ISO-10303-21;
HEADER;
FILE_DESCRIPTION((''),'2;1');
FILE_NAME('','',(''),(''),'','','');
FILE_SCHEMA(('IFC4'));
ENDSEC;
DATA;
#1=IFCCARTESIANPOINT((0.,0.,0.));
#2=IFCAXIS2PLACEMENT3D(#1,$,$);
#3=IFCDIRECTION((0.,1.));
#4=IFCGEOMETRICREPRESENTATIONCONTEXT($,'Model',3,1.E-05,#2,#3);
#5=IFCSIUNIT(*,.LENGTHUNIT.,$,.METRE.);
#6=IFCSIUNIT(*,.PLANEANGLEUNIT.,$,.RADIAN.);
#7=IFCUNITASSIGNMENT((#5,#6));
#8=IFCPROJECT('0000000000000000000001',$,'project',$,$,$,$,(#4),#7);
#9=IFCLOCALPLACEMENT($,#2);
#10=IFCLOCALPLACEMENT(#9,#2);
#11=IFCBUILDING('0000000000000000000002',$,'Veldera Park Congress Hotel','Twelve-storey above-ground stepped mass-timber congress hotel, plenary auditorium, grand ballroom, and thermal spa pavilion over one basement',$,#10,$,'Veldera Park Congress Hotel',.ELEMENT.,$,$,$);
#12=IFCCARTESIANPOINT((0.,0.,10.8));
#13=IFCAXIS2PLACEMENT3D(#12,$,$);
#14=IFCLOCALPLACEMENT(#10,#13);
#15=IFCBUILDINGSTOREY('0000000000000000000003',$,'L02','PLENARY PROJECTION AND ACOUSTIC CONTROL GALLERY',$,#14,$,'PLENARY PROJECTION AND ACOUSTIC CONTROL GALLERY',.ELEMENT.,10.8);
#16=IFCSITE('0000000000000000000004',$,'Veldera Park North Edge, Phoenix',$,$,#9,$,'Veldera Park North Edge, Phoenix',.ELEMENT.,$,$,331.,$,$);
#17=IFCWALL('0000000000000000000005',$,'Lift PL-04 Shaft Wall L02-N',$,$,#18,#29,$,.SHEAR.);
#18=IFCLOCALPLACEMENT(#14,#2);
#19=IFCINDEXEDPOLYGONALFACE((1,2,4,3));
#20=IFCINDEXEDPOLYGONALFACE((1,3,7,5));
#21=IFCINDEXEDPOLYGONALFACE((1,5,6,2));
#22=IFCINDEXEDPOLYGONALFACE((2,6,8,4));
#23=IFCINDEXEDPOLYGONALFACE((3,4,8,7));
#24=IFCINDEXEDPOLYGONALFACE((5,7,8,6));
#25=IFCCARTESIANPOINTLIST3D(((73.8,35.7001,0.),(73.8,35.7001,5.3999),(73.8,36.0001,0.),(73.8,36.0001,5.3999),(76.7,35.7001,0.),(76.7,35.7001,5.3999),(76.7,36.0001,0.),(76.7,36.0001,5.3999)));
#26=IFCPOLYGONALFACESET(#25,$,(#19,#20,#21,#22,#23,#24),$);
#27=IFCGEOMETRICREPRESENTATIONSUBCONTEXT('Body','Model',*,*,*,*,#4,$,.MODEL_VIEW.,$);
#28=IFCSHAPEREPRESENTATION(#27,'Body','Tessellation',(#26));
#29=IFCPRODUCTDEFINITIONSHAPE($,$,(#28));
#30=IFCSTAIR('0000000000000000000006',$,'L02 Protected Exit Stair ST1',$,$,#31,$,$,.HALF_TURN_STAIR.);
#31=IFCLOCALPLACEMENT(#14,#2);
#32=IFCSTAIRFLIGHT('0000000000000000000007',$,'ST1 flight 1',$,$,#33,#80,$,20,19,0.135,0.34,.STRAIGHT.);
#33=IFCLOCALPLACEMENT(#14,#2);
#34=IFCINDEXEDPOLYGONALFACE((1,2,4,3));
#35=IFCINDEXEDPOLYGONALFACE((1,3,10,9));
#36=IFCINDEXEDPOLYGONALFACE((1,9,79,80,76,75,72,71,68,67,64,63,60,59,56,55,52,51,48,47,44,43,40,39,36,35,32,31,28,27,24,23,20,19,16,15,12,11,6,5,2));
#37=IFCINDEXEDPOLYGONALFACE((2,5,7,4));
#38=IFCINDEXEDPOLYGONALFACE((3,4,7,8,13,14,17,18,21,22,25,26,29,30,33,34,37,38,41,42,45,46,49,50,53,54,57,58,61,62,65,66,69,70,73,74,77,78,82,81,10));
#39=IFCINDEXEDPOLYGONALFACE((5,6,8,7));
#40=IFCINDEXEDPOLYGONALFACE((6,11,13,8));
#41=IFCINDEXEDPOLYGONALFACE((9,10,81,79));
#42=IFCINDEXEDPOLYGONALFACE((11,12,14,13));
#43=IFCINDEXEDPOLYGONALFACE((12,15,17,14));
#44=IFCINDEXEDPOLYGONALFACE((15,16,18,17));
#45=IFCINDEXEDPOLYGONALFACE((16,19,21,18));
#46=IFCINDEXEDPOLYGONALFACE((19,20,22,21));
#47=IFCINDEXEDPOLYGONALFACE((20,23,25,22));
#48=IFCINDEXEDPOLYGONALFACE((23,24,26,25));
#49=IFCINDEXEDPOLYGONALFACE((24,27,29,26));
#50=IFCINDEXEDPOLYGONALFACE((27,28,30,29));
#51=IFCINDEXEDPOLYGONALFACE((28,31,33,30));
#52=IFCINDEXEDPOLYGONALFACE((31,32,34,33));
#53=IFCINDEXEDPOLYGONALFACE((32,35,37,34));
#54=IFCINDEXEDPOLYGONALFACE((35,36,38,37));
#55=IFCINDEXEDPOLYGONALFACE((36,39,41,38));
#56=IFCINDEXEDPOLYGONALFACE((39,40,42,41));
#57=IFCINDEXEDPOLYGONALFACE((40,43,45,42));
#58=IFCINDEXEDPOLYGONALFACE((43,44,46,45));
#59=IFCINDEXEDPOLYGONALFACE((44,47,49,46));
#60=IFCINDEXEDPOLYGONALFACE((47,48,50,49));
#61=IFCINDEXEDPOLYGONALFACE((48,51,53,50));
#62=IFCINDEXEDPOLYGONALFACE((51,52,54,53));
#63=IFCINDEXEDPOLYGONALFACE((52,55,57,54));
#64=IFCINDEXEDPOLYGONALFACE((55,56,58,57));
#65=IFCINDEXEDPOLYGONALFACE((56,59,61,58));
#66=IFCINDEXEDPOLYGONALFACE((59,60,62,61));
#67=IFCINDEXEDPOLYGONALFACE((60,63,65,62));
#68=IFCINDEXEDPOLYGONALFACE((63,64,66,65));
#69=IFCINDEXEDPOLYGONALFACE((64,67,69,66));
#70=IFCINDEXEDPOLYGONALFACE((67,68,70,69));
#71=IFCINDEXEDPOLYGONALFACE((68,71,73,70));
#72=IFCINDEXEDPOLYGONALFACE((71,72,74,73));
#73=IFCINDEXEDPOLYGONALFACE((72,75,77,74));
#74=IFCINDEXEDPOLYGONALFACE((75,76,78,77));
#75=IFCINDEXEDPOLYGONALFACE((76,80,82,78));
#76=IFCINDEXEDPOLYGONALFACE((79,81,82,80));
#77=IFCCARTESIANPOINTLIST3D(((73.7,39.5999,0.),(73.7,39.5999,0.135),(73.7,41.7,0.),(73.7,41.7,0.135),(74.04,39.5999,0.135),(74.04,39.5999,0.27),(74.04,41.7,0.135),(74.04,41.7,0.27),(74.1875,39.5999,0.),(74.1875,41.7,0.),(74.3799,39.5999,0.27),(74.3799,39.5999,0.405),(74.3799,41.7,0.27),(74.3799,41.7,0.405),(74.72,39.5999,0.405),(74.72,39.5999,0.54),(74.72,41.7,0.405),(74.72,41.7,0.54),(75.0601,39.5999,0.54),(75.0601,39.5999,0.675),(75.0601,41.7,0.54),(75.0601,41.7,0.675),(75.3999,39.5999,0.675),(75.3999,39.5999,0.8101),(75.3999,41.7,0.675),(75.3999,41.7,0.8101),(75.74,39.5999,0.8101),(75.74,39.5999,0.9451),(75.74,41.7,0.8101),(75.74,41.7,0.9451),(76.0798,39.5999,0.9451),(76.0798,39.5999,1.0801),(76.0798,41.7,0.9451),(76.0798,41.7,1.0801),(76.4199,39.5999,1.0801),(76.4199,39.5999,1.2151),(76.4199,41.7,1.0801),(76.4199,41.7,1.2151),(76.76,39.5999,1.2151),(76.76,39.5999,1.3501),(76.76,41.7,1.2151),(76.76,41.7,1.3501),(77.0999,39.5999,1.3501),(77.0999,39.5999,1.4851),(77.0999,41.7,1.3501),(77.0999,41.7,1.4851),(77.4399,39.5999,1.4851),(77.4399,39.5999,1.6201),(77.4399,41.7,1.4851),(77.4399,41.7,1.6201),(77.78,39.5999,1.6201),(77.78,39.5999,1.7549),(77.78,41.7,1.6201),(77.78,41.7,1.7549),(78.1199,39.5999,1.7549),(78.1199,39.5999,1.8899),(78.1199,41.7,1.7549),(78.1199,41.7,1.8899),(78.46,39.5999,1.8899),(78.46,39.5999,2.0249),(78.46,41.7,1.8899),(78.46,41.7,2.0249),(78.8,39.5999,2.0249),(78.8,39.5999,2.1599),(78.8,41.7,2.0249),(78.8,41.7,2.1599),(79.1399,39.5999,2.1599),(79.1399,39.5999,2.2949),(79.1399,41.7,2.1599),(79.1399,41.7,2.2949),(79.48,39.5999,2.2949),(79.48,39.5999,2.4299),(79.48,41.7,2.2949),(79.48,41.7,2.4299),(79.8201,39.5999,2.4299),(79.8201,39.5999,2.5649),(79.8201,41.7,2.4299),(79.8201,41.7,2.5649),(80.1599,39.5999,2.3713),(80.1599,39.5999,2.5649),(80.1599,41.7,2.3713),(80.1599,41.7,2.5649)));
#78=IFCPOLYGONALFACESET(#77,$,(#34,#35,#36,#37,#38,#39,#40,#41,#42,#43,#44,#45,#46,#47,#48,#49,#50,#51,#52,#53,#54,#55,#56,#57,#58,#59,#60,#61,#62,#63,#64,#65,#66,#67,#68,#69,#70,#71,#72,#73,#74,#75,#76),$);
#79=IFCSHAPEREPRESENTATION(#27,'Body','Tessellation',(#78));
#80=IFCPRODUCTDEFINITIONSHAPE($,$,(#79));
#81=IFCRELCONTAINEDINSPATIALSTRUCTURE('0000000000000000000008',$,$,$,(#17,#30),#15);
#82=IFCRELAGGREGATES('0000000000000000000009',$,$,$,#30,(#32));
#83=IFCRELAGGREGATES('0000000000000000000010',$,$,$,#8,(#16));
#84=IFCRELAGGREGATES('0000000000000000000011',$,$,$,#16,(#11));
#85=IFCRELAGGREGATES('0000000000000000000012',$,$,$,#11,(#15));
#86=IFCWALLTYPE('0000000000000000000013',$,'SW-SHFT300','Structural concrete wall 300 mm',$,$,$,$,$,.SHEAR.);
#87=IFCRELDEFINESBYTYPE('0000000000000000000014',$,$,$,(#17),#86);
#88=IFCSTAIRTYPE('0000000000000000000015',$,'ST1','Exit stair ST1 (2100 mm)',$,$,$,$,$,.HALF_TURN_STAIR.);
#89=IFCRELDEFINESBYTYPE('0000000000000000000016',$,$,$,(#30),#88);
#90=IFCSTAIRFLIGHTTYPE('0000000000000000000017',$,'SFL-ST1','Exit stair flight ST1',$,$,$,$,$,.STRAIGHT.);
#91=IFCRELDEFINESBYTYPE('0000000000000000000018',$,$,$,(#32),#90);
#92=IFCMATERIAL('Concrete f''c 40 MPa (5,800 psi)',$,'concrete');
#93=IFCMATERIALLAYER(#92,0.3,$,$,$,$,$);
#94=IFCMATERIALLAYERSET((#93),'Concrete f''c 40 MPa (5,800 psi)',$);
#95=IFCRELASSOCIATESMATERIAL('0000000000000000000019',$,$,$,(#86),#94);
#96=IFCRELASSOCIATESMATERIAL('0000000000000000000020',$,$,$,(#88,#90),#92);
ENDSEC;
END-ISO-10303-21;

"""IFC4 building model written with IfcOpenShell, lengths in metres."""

from ifc_helpers import new_model, si_unit, direction, frame, frame_2d, origin, place, context, subcontext, project, spatial, polyline, rectangle, outline, extrude, material, layer, layer_set, type_object, element, aggregate, save


model = new_model("IFC4")

# Units and contexts
model_context = context("Model", 3, precision=1e-05, world=origin(), true_north=direction((0.0, 1.0)))
body_context = subcontext(model_context, "Body", "Model", "MODEL_VIEW")
ifc_project = project(units=[si_unit("LENGTHUNIT", "METRE"), si_unit("PLANEANGLEUNIT", "RADIAN")], contexts=[model_context])

# Site, building, storey
site_placement = place(None, origin())
site = spatial("IfcSite", under=ifc_project, at=site_placement, Name="Veldera Park North Edge, Phoenix", LongName="Veldera Park North Edge, Phoenix", CompositionType="ELEMENT", RefElevation=331.0)
building_placement = place(site_placement, origin())
building = spatial("IfcBuilding", under=site, at=building_placement, Name="Veldera Park Congress Hotel", Description="Twelve-storey above-ground stepped mass-timber congress hotel, plenary auditorium, grand ballroom, and thermal spa pavilion over one basement", LongName="Veldera Park Congress Hotel", CompositionType="ELEMENT")
storey_placement = place(building_placement, frame((0.0, 0.0, 10.8)))
storey = spatial("IfcBuildingStorey", under=building, at=storey_placement, Name="L02", Description="PLENARY PROJECTION AND ACOUSTIC CONTROL GALLERY", LongName="PLENARY PROJECTION AND ACOUSTIC CONTROL GALLERY", CompositionType="ELEMENT", Elevation=10.8)

# Shared definitions
ifc_material_1 = material(Name="Concrete f'c 40 MPa (5,800 psi)", Category="concrete")

# Wall
ifc_layer_1 = layer(ifc_material_1, 0.3)
ifc_layer_set_1 = layer_set([ifc_layer_1], Name="Concrete f'c 40 MPa (5,800 psi)")
wall_type_1 = type_object("IfcWallType", Name="SW-SHFT300", Description="Structural concrete wall 300 mm", PredefinedType="SHEAR", material=ifc_layer_set_1)
wall_1_placement = place(storey_placement, frame((76.7, 35.8501, 0.0), z_axis=(0.0, 0.0, 1.0), x_axis=(-1.0, 0.0, 0.0)))
element("IfcWall", 1, at=wall_1_placement, inside=storey, type_object=wall_type_1, Name="Lift PL-04 Shaft Wall L02-N", PredefinedType="SHEAR", context=body_context, shape_type="SweptSolid", body=[
    extrude(rectangle(XDim=2.8999, YDim=0.3, at=frame_2d((1.45, 0.0))), origin(), (0.0, 0.0, 1.0), 5.3999),
])

# Stair, stair flight
stair_type = type_object("IfcStairType", Name="ST1", Description="Exit stair ST1 (2100 mm)", PredefinedType="HALF_TURN_STAIR", material=ifc_material_1)
stair_placement = place(storey_placement, origin())
stair = element("IfcStair", 2, at=stair_placement, inside=storey, type_object=stair_type, Name="L02 Protected Exit Stair ST1", PredefinedType="HALF_TURN_STAIR")
stair_flight_type = type_object("IfcStairFlightType", Name="SFL-ST1", Description="Exit stair flight ST1", PredefinedType="STRAIGHT", material=ifc_material_1)
stair_flight_placement = place(storey_placement, frame((73.7, 40.6499, 0.0), z_axis=(0.0, 0.0, 1.0), x_axis=(1.0, 0.0, 0.0)))
stair_flight = element("IfcStairFlight", 3, at=stair_flight_placement, type_object=stair_flight_type, Name="ST1 flight 1", NumberOfRisers=20, NumberOfTreads=19, PredefinedType="STRAIGHT", RiserHeight=0.135, TreadLength=0.34, context=body_context, shape_type="SweptSolid", body=[
    extrude(outline(polyline([(0.0, 0.0), (0.0, 0.135), (0.3401, 0.135), (0.3401, 0.27), (0.6799, 0.27), (0.6799, 0.405), (1.02, 0.405), (1.02, 0.54), (1.3601, 0.54), (1.3601, 0.675), (1.7, 0.675), (1.7, 0.8101), (2.04, 0.8101), (2.04, 0.9451), (2.3799, 0.9451), (2.3799, 1.0801), (2.72, 1.0801), (2.72, 1.2151), (3.0601, 1.2151), (3.0601, 1.3501), (3.3999, 1.3501), (3.3999, 1.4851), (3.74, 1.4851), (3.74, 1.6201), (4.0801, 1.6201), (4.0801, 1.7549), (4.4199, 1.7549), (4.4199, 1.8899), (4.76, 1.8899), (4.76, 2.0249), (5.1001, 2.0249), (5.1001, 2.1599), (5.4399, 2.1599), (5.4399, 2.2949), (5.78, 2.2949), (5.78, 2.4299), (6.1201, 2.4299), (6.1201, 2.5649), (6.46, 2.5649), (6.46, 2.7), (6.46, 2.7), (6.46, 2.3713), (0.4875, 0.0), (0.0, 0.0)])), frame((0.0, 1.05, 0.0), z_axis=(0.0, -1.0, 0.0), x_axis=(1.0, 0.0, 0.0)), (0.0, 0.0, 1.0), 2.1001),
])
aggregate(stair, [stair_flight])

save(model, "model.ifc")
